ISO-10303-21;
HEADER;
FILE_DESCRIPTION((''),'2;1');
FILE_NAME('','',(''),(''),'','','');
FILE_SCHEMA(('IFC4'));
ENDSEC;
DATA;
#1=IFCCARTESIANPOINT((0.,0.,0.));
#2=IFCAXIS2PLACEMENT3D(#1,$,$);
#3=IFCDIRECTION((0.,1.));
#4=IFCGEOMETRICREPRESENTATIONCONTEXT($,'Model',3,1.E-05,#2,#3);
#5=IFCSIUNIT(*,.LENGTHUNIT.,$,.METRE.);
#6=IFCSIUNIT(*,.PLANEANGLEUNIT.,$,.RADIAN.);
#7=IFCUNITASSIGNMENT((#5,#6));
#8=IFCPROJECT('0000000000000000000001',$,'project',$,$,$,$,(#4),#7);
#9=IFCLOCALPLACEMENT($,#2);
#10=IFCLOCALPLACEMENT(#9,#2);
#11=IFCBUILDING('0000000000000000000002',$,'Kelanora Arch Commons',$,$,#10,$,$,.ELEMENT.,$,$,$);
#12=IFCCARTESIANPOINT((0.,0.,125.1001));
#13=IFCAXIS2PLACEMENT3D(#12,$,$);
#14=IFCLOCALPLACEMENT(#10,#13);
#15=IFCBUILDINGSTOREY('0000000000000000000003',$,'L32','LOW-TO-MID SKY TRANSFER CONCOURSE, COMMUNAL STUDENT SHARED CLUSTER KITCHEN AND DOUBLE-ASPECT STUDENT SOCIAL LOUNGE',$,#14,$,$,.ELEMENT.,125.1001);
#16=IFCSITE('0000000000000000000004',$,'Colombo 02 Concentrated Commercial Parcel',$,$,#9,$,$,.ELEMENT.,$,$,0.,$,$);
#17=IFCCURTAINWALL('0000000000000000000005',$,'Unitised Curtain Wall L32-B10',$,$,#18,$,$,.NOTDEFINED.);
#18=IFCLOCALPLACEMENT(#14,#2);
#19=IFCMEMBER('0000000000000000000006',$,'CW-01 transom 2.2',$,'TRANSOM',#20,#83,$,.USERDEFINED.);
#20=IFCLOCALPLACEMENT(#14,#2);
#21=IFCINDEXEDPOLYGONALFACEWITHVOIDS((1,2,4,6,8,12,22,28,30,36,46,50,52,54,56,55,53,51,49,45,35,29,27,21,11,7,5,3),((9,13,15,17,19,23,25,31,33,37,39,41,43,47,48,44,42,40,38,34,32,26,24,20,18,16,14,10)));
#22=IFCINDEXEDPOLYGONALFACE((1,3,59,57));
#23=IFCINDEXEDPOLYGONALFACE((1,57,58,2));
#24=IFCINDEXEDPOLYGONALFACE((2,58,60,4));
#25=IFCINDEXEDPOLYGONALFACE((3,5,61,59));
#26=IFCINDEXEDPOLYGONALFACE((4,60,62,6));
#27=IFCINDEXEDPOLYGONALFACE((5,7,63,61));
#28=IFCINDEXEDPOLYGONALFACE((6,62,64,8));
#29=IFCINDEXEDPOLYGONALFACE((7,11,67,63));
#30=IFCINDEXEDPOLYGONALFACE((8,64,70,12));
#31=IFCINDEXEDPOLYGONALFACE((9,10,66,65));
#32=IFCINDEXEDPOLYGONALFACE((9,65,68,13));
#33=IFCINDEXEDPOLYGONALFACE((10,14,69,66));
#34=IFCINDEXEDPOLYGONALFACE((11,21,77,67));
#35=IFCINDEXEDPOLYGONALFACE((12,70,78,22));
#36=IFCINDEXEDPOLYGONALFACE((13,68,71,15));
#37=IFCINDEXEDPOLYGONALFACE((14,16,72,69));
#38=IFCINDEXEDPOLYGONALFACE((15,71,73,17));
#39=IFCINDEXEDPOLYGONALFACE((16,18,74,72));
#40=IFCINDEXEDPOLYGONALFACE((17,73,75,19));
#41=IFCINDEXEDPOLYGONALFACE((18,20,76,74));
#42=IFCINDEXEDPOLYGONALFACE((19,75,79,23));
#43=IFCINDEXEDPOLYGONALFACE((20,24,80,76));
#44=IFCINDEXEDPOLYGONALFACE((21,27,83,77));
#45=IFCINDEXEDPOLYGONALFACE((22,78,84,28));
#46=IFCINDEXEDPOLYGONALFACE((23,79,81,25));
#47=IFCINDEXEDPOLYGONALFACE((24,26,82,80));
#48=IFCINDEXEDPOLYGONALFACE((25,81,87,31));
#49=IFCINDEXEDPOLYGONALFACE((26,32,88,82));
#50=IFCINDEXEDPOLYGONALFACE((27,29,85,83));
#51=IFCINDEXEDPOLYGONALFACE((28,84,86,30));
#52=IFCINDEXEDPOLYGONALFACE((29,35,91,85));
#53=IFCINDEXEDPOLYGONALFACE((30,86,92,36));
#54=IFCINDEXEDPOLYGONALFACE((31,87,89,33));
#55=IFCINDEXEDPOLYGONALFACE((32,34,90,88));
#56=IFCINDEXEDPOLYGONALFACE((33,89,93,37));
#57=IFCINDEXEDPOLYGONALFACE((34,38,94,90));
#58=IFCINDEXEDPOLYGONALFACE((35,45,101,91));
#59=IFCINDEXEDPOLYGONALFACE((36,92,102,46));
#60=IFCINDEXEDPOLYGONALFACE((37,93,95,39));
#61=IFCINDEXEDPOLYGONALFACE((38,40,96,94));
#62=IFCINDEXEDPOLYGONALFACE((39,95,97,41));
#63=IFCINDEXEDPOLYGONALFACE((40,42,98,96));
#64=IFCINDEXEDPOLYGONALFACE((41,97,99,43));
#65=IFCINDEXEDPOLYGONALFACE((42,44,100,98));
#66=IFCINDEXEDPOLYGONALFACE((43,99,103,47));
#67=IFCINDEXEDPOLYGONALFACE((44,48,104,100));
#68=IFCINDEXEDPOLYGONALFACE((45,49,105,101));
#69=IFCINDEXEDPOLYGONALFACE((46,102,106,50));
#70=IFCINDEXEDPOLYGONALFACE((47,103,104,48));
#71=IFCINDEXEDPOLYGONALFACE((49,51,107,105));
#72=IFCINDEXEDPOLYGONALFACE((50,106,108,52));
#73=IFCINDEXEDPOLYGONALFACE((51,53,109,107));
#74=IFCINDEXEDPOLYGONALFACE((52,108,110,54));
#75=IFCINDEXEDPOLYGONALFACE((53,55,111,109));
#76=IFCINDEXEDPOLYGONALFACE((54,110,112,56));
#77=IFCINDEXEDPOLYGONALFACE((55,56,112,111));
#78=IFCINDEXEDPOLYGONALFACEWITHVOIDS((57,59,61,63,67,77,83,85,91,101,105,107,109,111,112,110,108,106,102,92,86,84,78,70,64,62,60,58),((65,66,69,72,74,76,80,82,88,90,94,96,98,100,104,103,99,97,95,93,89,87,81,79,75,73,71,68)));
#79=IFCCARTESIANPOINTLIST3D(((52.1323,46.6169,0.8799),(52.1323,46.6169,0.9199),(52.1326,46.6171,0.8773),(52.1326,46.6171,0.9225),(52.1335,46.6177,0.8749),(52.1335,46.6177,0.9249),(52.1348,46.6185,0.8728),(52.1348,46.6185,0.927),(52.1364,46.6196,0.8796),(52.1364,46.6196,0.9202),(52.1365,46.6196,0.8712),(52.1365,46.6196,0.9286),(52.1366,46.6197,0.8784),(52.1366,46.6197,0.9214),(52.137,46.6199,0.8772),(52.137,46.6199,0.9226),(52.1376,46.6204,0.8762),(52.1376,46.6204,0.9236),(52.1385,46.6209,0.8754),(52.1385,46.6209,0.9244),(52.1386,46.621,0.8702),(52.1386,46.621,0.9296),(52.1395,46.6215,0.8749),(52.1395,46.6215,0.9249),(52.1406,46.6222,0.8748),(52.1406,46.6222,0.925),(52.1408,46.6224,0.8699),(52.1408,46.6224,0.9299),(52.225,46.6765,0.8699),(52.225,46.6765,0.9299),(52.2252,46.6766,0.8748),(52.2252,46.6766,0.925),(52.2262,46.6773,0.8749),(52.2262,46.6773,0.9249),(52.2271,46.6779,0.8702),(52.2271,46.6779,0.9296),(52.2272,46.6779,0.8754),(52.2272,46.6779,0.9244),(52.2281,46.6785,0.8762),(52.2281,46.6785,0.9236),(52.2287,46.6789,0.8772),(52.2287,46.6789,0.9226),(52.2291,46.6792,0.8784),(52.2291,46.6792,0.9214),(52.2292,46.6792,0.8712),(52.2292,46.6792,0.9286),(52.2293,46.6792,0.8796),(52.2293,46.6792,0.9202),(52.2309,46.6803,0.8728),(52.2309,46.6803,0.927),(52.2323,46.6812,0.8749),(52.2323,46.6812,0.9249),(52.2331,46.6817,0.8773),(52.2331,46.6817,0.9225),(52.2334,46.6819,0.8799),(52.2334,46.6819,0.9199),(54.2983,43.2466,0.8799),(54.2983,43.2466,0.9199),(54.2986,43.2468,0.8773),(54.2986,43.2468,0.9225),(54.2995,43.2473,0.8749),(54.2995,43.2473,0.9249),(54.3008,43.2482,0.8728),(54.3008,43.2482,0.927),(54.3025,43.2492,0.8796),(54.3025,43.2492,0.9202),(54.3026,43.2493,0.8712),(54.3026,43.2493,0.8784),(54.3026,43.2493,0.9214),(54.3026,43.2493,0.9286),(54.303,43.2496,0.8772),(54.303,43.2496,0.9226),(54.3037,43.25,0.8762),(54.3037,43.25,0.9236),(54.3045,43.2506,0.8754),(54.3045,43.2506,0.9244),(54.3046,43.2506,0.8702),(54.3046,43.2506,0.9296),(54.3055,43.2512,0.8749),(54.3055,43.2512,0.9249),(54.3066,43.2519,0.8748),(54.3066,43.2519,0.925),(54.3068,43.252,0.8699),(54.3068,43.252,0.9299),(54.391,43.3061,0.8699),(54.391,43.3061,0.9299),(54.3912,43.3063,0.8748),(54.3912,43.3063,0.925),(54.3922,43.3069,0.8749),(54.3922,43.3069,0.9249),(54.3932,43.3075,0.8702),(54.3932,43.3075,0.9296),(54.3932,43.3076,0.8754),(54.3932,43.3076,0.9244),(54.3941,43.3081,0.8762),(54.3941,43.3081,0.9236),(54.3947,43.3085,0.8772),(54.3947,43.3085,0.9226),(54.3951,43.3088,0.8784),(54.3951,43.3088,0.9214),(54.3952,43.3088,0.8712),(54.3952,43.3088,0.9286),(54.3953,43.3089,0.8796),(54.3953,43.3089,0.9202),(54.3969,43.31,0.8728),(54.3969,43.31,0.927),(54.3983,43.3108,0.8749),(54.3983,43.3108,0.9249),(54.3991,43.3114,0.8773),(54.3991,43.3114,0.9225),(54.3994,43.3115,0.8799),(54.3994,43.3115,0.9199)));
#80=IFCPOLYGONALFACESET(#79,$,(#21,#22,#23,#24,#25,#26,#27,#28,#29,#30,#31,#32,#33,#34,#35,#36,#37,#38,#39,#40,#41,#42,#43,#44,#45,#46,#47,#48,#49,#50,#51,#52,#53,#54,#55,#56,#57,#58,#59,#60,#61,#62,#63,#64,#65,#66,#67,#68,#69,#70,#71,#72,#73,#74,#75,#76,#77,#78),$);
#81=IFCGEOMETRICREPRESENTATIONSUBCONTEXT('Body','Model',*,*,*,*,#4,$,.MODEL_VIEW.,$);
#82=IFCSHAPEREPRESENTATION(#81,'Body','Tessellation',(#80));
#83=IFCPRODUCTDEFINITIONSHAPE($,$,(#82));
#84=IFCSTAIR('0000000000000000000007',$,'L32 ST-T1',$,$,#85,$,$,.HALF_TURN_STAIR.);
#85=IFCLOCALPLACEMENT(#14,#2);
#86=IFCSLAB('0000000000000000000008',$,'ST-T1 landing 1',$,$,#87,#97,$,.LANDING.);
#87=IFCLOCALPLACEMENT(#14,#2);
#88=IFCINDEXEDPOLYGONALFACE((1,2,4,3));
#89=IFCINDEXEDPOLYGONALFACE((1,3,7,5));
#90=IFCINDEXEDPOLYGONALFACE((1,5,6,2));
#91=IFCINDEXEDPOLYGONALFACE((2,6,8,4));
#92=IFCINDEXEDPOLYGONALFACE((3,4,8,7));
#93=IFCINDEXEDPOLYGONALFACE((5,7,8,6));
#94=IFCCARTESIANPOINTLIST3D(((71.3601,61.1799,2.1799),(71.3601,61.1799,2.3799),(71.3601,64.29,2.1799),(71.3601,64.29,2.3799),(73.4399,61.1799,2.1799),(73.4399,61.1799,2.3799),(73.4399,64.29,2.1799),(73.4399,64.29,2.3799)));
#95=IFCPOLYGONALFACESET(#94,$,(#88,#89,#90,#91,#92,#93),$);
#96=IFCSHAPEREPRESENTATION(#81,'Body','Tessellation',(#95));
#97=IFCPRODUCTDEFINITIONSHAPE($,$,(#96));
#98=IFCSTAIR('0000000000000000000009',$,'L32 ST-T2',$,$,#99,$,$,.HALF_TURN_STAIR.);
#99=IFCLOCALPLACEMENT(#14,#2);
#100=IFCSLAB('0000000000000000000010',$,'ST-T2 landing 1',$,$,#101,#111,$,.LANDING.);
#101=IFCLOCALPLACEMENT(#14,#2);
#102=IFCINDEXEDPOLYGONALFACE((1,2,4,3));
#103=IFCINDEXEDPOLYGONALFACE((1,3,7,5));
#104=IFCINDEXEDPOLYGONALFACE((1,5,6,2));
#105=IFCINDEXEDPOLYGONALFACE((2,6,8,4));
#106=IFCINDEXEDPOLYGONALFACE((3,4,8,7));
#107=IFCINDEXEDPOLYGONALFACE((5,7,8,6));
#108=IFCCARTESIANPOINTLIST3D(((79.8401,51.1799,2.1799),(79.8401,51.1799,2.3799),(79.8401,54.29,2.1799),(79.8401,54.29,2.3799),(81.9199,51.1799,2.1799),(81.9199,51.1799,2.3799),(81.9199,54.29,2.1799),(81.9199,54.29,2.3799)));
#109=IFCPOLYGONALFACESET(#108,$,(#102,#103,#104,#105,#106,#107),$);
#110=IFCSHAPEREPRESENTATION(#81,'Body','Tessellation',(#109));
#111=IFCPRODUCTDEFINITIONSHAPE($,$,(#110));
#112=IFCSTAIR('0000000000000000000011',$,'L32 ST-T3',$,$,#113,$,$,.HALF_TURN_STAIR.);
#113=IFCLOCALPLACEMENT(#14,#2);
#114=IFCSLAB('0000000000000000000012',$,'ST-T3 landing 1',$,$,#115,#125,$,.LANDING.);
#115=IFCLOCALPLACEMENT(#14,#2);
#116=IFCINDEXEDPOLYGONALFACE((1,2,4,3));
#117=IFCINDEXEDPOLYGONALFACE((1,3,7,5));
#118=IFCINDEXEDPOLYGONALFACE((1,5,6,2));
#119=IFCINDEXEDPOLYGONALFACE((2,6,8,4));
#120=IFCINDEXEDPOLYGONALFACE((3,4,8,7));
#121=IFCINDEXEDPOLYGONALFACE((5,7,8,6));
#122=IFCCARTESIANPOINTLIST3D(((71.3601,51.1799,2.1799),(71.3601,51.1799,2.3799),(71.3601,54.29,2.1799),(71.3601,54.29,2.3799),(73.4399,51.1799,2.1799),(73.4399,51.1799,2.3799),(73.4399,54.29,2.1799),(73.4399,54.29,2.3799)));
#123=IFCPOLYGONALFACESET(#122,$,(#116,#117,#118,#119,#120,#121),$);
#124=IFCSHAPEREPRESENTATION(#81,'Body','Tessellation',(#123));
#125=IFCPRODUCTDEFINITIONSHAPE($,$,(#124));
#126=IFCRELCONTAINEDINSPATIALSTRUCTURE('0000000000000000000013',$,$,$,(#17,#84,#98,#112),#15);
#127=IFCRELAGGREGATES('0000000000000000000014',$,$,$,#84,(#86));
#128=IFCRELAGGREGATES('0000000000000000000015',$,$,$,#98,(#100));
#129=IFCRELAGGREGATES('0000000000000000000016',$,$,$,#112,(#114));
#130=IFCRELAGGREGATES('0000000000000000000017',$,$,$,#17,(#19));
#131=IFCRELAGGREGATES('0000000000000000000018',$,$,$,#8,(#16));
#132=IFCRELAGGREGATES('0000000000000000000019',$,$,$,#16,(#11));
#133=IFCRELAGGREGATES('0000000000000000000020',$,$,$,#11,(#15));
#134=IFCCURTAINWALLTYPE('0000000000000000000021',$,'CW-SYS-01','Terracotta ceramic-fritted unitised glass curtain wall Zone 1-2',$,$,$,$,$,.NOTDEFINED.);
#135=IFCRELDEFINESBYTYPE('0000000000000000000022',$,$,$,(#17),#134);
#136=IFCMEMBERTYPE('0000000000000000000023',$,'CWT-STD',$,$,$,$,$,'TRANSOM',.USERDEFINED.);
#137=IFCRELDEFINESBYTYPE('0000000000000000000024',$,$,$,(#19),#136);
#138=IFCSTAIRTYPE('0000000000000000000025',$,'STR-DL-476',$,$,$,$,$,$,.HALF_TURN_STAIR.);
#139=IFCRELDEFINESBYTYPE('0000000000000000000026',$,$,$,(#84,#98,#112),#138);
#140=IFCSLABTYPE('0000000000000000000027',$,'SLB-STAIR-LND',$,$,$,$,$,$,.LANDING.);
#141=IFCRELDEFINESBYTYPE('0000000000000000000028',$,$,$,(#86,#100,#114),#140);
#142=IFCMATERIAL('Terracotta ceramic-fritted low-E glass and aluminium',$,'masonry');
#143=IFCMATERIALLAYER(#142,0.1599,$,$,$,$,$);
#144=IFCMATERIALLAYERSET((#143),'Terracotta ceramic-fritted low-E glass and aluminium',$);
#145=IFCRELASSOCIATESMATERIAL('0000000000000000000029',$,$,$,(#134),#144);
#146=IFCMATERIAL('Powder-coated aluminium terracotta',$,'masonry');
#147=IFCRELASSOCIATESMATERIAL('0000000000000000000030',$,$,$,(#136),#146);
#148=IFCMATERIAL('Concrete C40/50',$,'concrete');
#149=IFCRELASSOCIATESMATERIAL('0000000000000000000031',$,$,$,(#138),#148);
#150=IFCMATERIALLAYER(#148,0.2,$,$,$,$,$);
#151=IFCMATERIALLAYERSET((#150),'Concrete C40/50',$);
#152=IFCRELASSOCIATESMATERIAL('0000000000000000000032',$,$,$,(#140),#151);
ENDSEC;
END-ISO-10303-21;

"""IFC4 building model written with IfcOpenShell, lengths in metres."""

from ifc_helpers import new_model, si_unit, direction, frame, origin, origin_2d, place, context, subcontext, project, spatial, polyline, hollow_rectangle, outline, extrude, material, layer, layer_set, material_profile, profile_set, type_object, element, aggregate, save


model = new_model("IFC4")

# Units and contexts
model_context = context("Model", 3, precision=1e-05, world=origin(), true_north=direction((0.0, 1.0)))
body_context = subcontext(model_context, "Body", "Model", "MODEL_VIEW")
ifc_project = project(units=[si_unit("LENGTHUNIT", "METRE"), si_unit("PLANEANGLEUNIT", "RADIAN")], contexts=[model_context])

# Site, building, storey
site_placement = place(None, origin())
site = spatial("IfcSite", under=ifc_project, at=site_placement, Name="Colombo 02 Concentrated Commercial Parcel", CompositionType="ELEMENT", RefElevation=0.0)
building_placement = place(site_placement, origin())
building = spatial("IfcBuilding", under=site, at=building_placement, Name="Kelanora Arch Commons", CompositionType="ELEMENT")
storey_placement = place(building_placement, frame((0.0, 0.0, 125.1001)))
storey = spatial("IfcBuildingStorey", under=building, at=storey_placement, Name="L32", Description="LOW-TO-MID SKY TRANSFER CONCOURSE, COMMUNAL STUDENT SHARED CLUSTER KITCHEN AND DOUBLE-ASPECT STUDENT SOCIAL LOUNGE", CompositionType="ELEMENT", Elevation=125.1001)

# Shared definitions
ifc_material_1 = material(Name="Terracotta ceramic-fritted low-E glass and aluminium", Category="masonry")
ifc_layer_1 = layer(ifc_material_1, 0.1599)
ifc_layer_set_1 = layer_set([ifc_layer_1], Name="Terracotta ceramic-fritted low-E glass and aluminium")
curtain_wall_type = type_object("IfcCurtainWallType", Name="CW-SYS-01", Description="Terracotta ceramic-fritted unitised glass curtain wall Zone 1-2", PredefinedType="NOTDEFINED", material=ifc_layer_set_1)
ifc_material_2 = material(Name="Powder-coated aluminium terracotta", Category="masonry")

# Curtain wall, member
curtain_wall_1_placement = place(storey_placement, origin())
curtain_wall_1 = element("IfcCurtainWall", 1, at=curtain_wall_1_placement, inside=storey, type_object=curtain_wall_type, Name="Unitised Curtain Wall L32-B10", PredefinedType="NOTDEFINED")
ifc_material_profile_1 = material_profile(ifc_material_2, hollow_rectangle(XDim=0.1201, YDim=0.0601, WallThickness=0.0049, InnerFilletRadius=0.0049, OuterFilletRadius=0.01, at=origin_2d()), Name="CWT120x60")
ifc_profile_set_1 = profile_set([ifc_material_profile_1], Name="Powder-coated aluminium terracotta")
member_type_1 = type_object("IfcMemberType", Name="CWT-STD", ElementType="TRANSOM", PredefinedType="USERDEFINED", material=ifc_profile_set_1)
member_1_placement = place(storey_placement, frame((52.1829, 46.6494, 0.8999), z_axis=(0.540644, -0.841252, 0.0), x_axis=(0.841252, 0.540644, 0.0)))
member_1 = element("IfcMember", 2, at=member_1_placement, type_object=member_type_1, Name="CW-01 transom 2.2", ObjectType="TRANSOM", PredefinedType="USERDEFINED", context=body_context, shape_type="SweptSolid", body=[
    extrude(hollow_rectangle(XDim=0.1201, YDim=0.0601, WallThickness=0.0049, InnerFilletRadius=0.0049, OuterFilletRadius=0.01, at=origin_2d()), origin(), (0.0, 0.0, 1.0), 4.0063),
])

# Stairs, slabs
ifc_material_3 = material(Name="Concrete C40/50", Category="concrete")
stair_type = type_object("IfcStairType", Name="STR-DL-476", PredefinedType="HALF_TURN_STAIR", material=ifc_material_3)
stair_1_placement = place(storey_placement, origin())
stair_1 = element("IfcStair", 3, at=stair_1_placement, inside=storey, type_object=stair_type, Name="L32 ST-T1", PredefinedType="HALF_TURN_STAIR")
ifc_layer_2 = layer(ifc_material_3, 0.2)
ifc_layer_set_2 = layer_set([ifc_layer_2], Name="Concrete C40/50")
slab_type_1 = type_object("IfcSlabType", Name="SLB-STAIR-LND", PredefinedType="LANDING", material=ifc_layer_set_2)
slab_1_placement = place(storey_placement, frame((0.0, 0.0, 2.1799)))
slab_1 = element("IfcSlab", 4, at=slab_1_placement, type_object=slab_type_1, Name="ST-T1 landing 1", PredefinedType="LANDING", context=body_context, shape_type="SweptSolid", body=[
    extrude(outline(polyline([(71.3601, 61.1799), (73.4399, 61.1799), (73.4399, 64.29), (71.3601, 64.29), (71.3601, 61.1799)])), origin(), (0.0, 0.0, 1.0), 0.2),
])
aggregate(stair_1, [slab_1])
stair_2_placement = place(storey_placement, origin())
stair_2 = element("IfcStair", 5, at=stair_2_placement, inside=storey, type_object=stair_type, Name="L32 ST-T2", PredefinedType="HALF_TURN_STAIR")
slab_2_placement = place(storey_placement, frame((0.0, 0.0, 2.1799)))
slab_2 = element("IfcSlab", 6, at=slab_2_placement, type_object=slab_type_1, Name="ST-T2 landing 1", PredefinedType="LANDING", context=body_context, shape_type="SweptSolid", body=[
    extrude(outline(polyline([(79.8401, 51.1799), (81.9199, 51.1799), (81.9199, 54.29), (79.8401, 54.29), (79.8401, 51.1799)])), origin(), (0.0, 0.0, 1.0), 0.2),
])
aggregate(stair_2, [slab_2])
stair_3_placement = place(storey_placement, origin())
stair_3 = element("IfcStair", 7, at=stair_3_placement, inside=storey, type_object=stair_type, Name="L32 ST-T3", PredefinedType="HALF_TURN_STAIR")
slab_3_placement = place(storey_placement, frame((0.0, 0.0, 2.1799)))
slab_3 = element("IfcSlab", 8, at=slab_3_placement, type_object=slab_type_1, Name="ST-T3 landing 1", PredefinedType="LANDING", context=body_context, shape_type="SweptSolid", body=[
    extrude(outline(polyline([(71.3601, 51.1799), (73.4399, 51.1799), (73.4399, 54.29), (71.3601, 54.29), (71.3601, 51.1799)])), origin(), (0.0, 0.0, 1.0), 0.2),
])
aggregate(stair_3, [slab_3])

aggregate(curtain_wall_1, [member_1])

save(model, "model.ifc")
